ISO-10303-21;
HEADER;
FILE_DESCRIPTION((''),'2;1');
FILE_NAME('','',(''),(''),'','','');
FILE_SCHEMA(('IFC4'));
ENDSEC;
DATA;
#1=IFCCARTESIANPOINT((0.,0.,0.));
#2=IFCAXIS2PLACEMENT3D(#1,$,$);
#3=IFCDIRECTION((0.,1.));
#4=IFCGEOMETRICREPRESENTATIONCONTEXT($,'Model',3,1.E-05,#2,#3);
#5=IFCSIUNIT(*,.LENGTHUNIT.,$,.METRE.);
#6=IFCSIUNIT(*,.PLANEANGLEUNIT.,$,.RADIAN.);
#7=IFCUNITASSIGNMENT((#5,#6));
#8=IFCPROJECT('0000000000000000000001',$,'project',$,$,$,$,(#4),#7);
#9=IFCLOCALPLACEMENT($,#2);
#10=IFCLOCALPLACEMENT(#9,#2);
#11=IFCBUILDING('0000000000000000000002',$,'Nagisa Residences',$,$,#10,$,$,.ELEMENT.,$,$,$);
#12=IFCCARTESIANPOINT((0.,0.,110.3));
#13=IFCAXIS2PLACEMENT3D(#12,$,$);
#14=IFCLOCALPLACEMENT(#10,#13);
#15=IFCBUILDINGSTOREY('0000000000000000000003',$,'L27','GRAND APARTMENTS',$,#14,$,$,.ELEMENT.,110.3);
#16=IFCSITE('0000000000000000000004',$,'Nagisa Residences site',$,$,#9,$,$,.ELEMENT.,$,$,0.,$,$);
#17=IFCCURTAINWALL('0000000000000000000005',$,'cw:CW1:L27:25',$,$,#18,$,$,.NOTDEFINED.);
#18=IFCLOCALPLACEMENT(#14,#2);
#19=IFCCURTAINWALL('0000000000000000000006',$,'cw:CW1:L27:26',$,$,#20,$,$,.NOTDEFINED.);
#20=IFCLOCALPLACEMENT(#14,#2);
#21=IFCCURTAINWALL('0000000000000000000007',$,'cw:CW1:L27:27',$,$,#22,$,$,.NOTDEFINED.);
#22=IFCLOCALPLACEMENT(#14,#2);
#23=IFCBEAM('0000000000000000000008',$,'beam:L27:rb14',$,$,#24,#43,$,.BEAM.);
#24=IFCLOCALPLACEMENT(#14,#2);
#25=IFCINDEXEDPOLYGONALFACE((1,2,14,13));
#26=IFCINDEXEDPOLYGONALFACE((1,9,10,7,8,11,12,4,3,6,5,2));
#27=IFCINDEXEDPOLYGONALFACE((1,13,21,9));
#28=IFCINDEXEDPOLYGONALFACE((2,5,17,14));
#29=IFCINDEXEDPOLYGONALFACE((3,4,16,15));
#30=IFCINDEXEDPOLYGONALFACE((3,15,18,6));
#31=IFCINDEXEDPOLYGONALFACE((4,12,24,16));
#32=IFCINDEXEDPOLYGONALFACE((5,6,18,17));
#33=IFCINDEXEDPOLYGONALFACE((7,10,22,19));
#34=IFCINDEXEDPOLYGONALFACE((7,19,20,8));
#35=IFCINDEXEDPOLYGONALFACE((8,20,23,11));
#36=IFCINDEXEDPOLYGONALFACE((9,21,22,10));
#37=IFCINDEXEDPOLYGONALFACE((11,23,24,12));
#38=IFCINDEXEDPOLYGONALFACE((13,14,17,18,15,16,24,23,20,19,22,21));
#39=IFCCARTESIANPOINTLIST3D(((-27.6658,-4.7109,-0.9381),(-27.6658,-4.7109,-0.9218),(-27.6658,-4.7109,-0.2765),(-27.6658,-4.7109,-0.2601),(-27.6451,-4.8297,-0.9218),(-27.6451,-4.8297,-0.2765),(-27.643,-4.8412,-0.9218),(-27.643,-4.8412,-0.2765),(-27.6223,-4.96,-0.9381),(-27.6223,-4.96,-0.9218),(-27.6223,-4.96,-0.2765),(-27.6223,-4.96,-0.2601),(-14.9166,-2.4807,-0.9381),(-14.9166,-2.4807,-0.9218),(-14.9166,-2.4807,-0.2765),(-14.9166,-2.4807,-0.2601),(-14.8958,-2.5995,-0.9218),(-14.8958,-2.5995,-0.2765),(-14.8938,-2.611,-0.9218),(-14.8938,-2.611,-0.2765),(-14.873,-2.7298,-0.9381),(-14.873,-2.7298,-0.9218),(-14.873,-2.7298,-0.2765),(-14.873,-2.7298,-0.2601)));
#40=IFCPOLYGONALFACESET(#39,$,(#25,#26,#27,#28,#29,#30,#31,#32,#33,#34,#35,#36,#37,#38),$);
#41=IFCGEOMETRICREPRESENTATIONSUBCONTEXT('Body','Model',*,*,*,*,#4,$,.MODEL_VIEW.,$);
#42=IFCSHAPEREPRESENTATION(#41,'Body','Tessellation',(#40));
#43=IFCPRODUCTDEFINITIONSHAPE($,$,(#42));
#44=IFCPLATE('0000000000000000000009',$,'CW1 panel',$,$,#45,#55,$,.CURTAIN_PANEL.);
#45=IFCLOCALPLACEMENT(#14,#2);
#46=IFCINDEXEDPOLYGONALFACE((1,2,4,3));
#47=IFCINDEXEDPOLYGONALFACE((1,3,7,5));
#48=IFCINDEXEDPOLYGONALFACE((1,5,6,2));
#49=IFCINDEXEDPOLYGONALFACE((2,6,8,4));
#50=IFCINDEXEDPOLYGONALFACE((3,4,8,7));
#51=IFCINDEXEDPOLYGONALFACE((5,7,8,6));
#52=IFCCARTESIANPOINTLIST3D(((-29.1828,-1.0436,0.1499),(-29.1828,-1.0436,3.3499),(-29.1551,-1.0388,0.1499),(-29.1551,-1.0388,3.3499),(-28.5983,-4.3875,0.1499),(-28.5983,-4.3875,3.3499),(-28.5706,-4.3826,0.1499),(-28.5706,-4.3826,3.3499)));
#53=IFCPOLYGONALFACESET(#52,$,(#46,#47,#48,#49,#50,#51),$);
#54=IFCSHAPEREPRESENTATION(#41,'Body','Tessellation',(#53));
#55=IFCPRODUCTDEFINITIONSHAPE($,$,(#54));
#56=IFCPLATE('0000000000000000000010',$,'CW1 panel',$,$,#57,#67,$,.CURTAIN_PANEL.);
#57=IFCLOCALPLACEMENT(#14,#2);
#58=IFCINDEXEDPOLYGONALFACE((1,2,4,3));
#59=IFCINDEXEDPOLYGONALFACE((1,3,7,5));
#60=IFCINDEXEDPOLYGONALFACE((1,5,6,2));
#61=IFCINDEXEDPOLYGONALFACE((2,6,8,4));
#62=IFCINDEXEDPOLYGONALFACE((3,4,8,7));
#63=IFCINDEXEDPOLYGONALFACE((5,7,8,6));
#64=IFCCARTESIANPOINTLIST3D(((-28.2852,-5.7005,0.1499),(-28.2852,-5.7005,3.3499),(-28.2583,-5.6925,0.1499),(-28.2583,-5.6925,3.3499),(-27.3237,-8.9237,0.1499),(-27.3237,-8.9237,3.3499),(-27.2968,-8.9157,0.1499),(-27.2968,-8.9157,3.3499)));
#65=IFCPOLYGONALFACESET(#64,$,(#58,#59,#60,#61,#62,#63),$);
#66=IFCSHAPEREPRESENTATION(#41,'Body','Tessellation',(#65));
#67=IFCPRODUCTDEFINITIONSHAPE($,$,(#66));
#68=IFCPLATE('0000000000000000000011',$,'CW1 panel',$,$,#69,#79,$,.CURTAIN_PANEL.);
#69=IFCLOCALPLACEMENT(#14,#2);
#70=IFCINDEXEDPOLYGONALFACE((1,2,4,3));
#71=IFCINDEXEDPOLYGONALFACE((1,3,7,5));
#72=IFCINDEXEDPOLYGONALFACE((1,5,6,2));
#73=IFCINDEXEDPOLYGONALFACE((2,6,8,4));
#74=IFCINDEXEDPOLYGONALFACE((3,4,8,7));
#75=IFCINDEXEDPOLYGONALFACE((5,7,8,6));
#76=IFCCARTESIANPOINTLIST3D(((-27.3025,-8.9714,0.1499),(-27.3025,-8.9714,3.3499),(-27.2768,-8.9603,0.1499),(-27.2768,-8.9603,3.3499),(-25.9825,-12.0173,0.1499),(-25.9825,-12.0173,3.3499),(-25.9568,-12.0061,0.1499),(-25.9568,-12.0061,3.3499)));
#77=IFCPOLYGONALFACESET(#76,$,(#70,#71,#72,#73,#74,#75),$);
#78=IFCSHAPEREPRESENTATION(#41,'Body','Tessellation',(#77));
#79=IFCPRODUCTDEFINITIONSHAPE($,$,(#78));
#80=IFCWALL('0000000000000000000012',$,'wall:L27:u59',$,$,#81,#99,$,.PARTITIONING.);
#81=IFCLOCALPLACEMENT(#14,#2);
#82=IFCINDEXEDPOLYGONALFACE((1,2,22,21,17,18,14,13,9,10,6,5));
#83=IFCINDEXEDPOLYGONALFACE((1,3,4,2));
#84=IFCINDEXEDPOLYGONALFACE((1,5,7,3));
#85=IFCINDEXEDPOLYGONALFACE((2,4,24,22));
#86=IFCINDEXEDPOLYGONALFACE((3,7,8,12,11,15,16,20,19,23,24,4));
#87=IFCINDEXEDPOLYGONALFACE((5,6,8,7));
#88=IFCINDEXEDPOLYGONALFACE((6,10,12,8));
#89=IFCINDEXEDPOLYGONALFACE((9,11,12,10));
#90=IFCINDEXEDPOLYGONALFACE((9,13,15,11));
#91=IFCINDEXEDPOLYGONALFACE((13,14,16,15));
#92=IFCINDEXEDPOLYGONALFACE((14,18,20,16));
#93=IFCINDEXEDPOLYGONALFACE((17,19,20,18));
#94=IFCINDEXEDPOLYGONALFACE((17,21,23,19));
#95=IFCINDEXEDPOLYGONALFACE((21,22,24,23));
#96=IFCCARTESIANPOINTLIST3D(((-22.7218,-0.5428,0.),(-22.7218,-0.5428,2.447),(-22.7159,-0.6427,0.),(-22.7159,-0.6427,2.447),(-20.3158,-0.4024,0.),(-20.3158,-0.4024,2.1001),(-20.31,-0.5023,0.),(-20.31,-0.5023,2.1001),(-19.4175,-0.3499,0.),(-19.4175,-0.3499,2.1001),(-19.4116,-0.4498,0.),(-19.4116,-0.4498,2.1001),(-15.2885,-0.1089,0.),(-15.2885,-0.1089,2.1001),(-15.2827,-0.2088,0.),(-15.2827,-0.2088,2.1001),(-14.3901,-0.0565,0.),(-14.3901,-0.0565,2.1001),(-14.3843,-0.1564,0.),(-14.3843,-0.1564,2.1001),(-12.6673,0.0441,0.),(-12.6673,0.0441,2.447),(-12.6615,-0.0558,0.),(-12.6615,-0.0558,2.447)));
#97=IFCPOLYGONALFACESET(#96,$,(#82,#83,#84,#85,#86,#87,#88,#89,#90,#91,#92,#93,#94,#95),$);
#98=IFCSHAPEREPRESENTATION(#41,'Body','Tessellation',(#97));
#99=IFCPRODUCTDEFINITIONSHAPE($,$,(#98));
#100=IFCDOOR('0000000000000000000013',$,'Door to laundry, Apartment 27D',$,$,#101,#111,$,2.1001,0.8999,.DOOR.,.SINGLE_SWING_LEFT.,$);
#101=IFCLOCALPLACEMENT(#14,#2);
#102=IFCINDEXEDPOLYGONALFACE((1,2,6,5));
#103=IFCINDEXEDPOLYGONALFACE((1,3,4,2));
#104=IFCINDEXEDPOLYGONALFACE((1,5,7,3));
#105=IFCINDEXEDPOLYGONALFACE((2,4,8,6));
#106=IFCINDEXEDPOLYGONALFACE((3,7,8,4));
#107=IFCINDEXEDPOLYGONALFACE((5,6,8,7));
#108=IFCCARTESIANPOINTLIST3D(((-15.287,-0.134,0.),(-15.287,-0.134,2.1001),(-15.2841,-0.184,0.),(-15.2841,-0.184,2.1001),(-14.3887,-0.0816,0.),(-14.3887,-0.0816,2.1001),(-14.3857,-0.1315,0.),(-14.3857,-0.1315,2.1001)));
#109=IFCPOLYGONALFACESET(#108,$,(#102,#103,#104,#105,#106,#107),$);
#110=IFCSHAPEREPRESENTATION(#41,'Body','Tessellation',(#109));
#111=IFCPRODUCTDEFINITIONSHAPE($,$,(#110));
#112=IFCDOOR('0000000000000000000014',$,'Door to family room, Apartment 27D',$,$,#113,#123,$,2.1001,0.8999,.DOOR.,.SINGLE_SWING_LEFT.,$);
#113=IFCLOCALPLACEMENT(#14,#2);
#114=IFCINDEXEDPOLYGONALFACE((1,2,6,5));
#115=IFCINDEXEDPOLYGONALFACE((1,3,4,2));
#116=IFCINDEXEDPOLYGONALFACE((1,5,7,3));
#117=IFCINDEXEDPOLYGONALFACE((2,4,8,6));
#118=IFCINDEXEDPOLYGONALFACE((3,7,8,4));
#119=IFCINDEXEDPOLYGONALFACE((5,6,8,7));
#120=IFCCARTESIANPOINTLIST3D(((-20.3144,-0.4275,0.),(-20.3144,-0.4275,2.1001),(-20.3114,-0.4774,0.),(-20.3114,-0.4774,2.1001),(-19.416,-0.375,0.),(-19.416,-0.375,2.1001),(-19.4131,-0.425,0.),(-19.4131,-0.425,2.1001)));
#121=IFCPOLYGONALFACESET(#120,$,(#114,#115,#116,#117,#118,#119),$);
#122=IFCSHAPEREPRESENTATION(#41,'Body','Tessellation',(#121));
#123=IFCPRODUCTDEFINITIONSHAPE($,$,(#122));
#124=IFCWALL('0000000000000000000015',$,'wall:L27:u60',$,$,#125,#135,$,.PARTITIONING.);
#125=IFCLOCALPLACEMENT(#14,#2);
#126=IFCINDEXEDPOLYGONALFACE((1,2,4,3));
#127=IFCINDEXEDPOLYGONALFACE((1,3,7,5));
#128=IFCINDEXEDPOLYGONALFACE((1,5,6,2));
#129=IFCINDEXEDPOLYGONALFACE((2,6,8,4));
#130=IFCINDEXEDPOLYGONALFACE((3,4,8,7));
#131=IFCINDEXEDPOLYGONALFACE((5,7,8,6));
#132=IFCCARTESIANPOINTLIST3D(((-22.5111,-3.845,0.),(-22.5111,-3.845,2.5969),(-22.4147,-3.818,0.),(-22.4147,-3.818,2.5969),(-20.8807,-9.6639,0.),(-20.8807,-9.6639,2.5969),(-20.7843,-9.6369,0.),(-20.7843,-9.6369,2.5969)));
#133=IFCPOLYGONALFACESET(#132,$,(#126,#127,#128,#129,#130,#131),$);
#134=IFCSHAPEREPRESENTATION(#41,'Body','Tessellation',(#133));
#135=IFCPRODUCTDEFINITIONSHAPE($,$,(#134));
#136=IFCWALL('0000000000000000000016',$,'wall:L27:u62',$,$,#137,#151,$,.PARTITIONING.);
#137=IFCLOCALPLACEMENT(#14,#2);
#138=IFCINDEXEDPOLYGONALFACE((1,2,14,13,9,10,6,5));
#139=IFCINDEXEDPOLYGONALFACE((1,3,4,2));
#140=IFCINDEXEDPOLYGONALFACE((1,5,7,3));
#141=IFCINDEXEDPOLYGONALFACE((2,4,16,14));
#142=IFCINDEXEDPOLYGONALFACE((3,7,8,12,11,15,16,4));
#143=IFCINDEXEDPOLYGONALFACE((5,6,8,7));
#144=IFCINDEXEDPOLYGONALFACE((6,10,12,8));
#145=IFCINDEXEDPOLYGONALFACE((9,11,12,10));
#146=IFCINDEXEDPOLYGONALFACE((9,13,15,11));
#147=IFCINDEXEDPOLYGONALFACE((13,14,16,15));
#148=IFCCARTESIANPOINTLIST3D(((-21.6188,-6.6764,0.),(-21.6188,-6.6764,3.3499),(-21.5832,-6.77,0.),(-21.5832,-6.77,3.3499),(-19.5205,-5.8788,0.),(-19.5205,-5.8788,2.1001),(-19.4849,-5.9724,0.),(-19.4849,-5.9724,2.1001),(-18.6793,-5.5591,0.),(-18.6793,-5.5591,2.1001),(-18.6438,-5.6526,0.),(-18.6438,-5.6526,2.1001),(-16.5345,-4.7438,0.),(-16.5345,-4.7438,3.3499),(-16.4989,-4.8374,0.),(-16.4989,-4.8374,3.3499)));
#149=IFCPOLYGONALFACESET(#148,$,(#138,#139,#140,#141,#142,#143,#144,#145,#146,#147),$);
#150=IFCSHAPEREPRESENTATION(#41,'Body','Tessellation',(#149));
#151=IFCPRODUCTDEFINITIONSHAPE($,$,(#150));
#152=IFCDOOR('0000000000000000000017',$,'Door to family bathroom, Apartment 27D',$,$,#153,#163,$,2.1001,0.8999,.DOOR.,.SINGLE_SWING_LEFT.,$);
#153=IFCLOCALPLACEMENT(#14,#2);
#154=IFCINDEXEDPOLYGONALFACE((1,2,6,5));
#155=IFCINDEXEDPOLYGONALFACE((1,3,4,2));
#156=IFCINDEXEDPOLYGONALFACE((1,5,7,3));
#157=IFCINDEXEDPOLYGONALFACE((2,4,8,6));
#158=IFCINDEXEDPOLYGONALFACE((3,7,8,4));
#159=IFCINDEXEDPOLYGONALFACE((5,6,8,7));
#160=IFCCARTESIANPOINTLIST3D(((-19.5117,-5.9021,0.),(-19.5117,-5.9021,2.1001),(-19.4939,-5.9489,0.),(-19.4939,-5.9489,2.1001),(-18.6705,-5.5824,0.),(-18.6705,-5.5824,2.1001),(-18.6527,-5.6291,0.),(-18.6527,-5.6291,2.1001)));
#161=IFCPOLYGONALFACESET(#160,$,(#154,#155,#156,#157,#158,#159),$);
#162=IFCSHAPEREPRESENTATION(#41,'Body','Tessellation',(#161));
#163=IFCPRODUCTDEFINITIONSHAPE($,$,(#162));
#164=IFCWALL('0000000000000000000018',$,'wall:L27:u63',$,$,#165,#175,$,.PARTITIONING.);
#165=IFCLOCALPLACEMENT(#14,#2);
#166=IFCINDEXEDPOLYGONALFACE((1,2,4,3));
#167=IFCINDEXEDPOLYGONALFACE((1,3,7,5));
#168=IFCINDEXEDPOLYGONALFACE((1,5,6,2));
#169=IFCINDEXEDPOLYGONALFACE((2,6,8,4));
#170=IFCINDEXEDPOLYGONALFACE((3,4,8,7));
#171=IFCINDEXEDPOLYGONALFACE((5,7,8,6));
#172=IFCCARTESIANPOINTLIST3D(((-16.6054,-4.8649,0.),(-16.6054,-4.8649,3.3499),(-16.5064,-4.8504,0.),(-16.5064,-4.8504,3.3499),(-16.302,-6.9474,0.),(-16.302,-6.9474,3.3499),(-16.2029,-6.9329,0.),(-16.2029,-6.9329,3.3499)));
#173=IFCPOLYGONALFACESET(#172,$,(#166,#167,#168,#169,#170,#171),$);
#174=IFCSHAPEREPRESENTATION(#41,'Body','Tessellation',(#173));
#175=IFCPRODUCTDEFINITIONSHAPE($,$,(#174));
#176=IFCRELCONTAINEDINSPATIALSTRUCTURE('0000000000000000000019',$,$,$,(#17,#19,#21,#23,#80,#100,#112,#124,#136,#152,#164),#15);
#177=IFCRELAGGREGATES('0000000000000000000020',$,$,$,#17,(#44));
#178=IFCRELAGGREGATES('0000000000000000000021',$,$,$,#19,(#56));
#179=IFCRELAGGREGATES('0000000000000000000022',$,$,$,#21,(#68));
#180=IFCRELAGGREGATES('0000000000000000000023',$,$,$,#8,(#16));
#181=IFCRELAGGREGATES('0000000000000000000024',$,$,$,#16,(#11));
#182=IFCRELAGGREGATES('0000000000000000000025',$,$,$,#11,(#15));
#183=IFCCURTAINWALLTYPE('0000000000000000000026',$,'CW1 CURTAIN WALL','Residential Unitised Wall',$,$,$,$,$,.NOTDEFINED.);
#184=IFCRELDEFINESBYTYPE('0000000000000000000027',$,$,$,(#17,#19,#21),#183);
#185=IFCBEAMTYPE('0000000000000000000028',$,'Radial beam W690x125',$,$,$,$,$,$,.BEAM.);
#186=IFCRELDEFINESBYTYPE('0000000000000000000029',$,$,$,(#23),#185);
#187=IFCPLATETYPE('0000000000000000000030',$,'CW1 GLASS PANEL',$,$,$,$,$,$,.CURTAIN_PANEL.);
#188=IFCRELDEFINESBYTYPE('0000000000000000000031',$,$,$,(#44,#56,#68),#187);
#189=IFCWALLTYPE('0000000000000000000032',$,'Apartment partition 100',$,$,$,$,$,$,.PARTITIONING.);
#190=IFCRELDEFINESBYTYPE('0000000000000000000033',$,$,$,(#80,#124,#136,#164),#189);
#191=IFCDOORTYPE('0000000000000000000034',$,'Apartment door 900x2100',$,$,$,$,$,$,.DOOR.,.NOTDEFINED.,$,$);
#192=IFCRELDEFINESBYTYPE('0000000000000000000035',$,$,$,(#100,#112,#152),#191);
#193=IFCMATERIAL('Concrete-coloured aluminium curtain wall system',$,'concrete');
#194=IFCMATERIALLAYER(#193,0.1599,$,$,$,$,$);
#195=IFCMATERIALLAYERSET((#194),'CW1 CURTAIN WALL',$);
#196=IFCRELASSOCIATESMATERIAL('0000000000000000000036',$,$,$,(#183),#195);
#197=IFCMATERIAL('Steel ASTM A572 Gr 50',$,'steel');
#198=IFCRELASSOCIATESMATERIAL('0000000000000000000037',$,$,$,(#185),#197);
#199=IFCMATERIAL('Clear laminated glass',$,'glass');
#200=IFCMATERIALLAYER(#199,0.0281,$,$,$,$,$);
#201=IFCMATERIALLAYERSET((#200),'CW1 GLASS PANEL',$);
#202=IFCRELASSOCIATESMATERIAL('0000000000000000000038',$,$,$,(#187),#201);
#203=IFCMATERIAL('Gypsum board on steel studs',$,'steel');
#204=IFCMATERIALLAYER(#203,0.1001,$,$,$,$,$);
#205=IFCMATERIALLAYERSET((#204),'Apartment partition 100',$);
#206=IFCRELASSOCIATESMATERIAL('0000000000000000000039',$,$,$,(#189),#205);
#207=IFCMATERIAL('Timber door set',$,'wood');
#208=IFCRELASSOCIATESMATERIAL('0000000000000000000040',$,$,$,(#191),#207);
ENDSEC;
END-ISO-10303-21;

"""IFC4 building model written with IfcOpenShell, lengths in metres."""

from ifc_helpers import new_model, si_unit, direction, frame, frame_2d, origin, origin_2d, place, context, subcontext, project, spatial, rectangle, i_section, extrude, material, layer, layer_set, material_profile, profile_set, type_object, element, fill, aggregate, save


model = new_model("IFC4")

# Units and contexts
model_context = context("Model", 3, precision=1e-05, world=origin(), true_north=direction((0.0, 1.0)))
body_context = subcontext(model_context, "Body", "Model", "MODEL_VIEW")
ifc_project = project(units=[si_unit("LENGTHUNIT", "METRE"), si_unit("PLANEANGLEUNIT", "RADIAN")], contexts=[model_context])

# Site, building, storey
site_placement = place(None, origin())
site = spatial("IfcSite", under=ifc_project, at=site_placement, Name="Nagisa Residences site", CompositionType="ELEMENT", RefElevation=0.0)
building_placement = place(site_placement, origin())
building = spatial("IfcBuilding", under=site, at=building_placement, Name="Nagisa Residences", CompositionType="ELEMENT")
storey_placement = place(building_placement, frame((0.0, 0.0, 110.3)))
storey = spatial("IfcBuildingStorey", under=building, at=storey_placement, Name="L27", Description="GRAND APARTMENTS", CompositionType="ELEMENT", Elevation=110.3)

# Curtain walls
ifc_material_1 = material(Name="Concrete-coloured aluminium curtain wall system", Category="concrete")
ifc_layer_1 = layer(ifc_material_1, 0.1599)
ifc_layer_set_1 = layer_set([ifc_layer_1], Name="CW1 CURTAIN WALL")
curtain_wall_type = type_object("IfcCurtainWallType", Name="CW1 CURTAIN WALL", Description="Residential Unitised Wall", PredefinedType="NOTDEFINED", material=ifc_layer_set_1)
curtain_wall_1_placement = place(storey_placement, origin())
curtain_wall_1 = element("IfcCurtainWall", 1, at=curtain_wall_1_placement, inside=storey, type_object=curtain_wall_type, Name="cw:CW1:L27:25", PredefinedType="NOTDEFINED")
curtain_wall_2_placement = place(storey_placement, origin())
curtain_wall_2 = element("IfcCurtainWall", 2, at=curtain_wall_2_placement, inside=storey, type_object=curtain_wall_type, Name="cw:CW1:L27:26", PredefinedType="NOTDEFINED")
curtain_wall_3_placement = place(storey_placement, origin())
curtain_wall_3 = element("IfcCurtainWall", 3, at=curtain_wall_3_placement, inside=storey, type_object=curtain_wall_type, Name="cw:CW1:L27:27", PredefinedType="NOTDEFINED")

# Beam
ifc_material_2 = material(Name="Steel ASTM A572 Gr 50", Category="steel")
ifc_material_profile_1 = material_profile(ifc_material_2, i_section(OverallWidth=0.2529, OverallDepth=0.678, WebThickness=0.0117, FlangeThickness=0.0164, at=origin_2d()), Name="W690x125")
ifc_profile_set_1 = profile_set([ifc_material_profile_1], Name="Steel ASTM A572 Gr 50")
beam_type_1 = type_object("IfcBeamType", Name="Radial beam W690x125", PredefinedType="BEAM", material=ifc_profile_set_1)
beam_1_placement = place(storey_placement, frame((-27.644, -4.8354, -0.5991), z_axis=(0.985042, 0.172313, 0.0), x_axis=(-0.172313, 0.985042, 0.0)))
element("IfcBeam", 4, at=beam_1_placement, inside=storey, type_object=beam_type_1, Name="beam:L27:rb14", PredefinedType="BEAM", context=body_context, shape_type="SweptSolid", body=[
    extrude(i_section(OverallWidth=0.2529, OverallDepth=0.678, WebThickness=0.0117, FlangeThickness=0.0164, at=origin_2d()), origin(), (0.0, 0.0, 1.0), 12.9429),
])

# Plates
ifc_material_3 = material(Name="Clear laminated glass", Category="glass")
ifc_layer_2 = layer(ifc_material_3, 0.0281)
ifc_layer_set_2 = layer_set([ifc_layer_2], Name="CW1 GLASS PANEL")
plate_type = type_object("IfcPlateType", Name="CW1 GLASS PANEL", PredefinedType="CURTAIN_PANEL", material=ifc_layer_set_2)
plate_1_placement = place(storey_placement, frame((-28.8767, -2.7131, 0.1499), z_axis=(0.0, 0.0, 1.0), x_axis=(0.172191, -0.985064, 0.0)))
plate_1 = element("IfcPlate", 5, at=plate_1_placement, type_object=plate_type, Name="CW1 panel", PredefinedType="CURTAIN_PANEL", context=body_context, shape_type="SweptSolid", body=[
    extrude(rectangle(XDim=3.3945, YDim=0.0281, at=origin_2d()), origin(), (0.0, 0.0, 1.0), 3.2),
])
aggregate(curtain_wall_1, [plate_1])
plate_2_placement = place(storey_placement, frame((-27.791, -7.3081, 0.1499), z_axis=(0.0, 0.0, 1.0), x_axis=(0.28586, -0.958271, 0.0)))
plate_2 = element("IfcPlate", 6, at=plate_2_placement, type_object=plate_type, Name="CW1 panel", PredefinedType="CURTAIN_PANEL", context=body_context, shape_type="SweptSolid", body=[
    extrude(rectangle(XDim=3.3635, YDim=0.0281, at=origin_2d()), origin(), (0.0, 0.0, 1.0), 3.2),
])
aggregate(curtain_wall_2, [plate_2])
plate_3_placement = place(storey_placement, frame((-26.6296, -10.4888, 0.1499), z_axis=(0.0, 0.0, 1.0), x_axis=(0.397636, -0.917543, 0.0)))
plate_3 = element("IfcPlate", 7, at=plate_3_placement, type_object=plate_type, Name="CW1 panel", PredefinedType="CURTAIN_PANEL", context=body_context, shape_type="SweptSolid", body=[
    extrude(rectangle(XDim=3.3196, YDim=0.0281, at=origin_2d()), origin(), (0.0, 0.0, 1.0), 3.2),
])
aggregate(curtain_wall_3, [plate_3])

# Wall, openings, doors
ifc_material_4 = material(Name="Gypsum board on steel studs", Category="steel")
ifc_layer_3 = layer(ifc_material_4, 0.1001)
ifc_layer_set_3 = layer_set([ifc_layer_3], Name="Apartment partition 100")
wall_type_1 = type_object("IfcWallType", Name="Apartment partition 100", PredefinedType="PARTITIONING", material=ifc_layer_set_3)
wall_1_placement = place(storey_placement, frame((-12.6646, -0.0059, 0.0), z_axis=(0.0, 0.0, 1.0), x_axis=(-0.998301, -0.058274, 0.0)))
wall_1 = element("IfcWall", 8, at=wall_1_placement, inside=storey, type_object=wall_type_1, Name="wall:L27:u59", PredefinedType="PARTITIONING", context=body_context, shape_type="SweptSolid", body=[
    extrude(rectangle(XDim=10.0715, YDim=0.1001, at=frame_2d((5.0356, 0.0))), origin(), (0.0, 0.0, 1.0), 2.447),
])
opening_1_placement = place(wall_1_placement, frame((1.7256, 0.0, 0.0)))
opening_1 = element("IfcOpeningElement", 9, at=opening_1_placement, cuts=wall_1, PredefinedType="OPENING", context=body_context, shape_type="SweptSolid", body=[
    extrude(rectangle(XDim=0.8999, YDim=2.1001, at=frame_2d((0.45, 1.05))), frame((0.0, 0.0601, 0.0), z_axis=(0.0, -1.0, 0.0), x_axis=(1.0, 0.0, 0.0)), (0.0, 0.0, 1.0), 0.1201),
])
opening_2_placement = place(wall_1_placement, frame((6.7615, 0.0, 0.0)))
opening_2 = element("IfcOpeningElement", 10, at=opening_2_placement, cuts=wall_1, PredefinedType="OPENING", context=body_context, shape_type="SweptSolid", body=[
    extrude(rectangle(XDim=0.8999, YDim=2.1001, at=frame_2d((0.45, 1.05))), frame((0.0, 0.0601, 0.0), z_axis=(0.0, -1.0, 0.0), x_axis=(1.0, 0.0, 0.0)), (0.0, 0.0, 1.0), 0.1201),
])
ifc_material_5 = material(Name="Timber door set", Category="wood")
door_type_1 = type_object("IfcDoorType", Name="Apartment door 900x2100", OperationType="NOTDEFINED", PredefinedType="DOOR", material=ifc_material_5)
door_1_placement = place(opening_1_placement, frame((0.8999, 0.0, 0.0), x_axis=(-1.0, 0.0, 0.0)))
door_1 = element("IfcDoor", 11, at=door_1_placement, inside=storey, type_object=door_type_1, Name="Door to laundry, Apartment 27D", OperationType="SINGLE_SWING_LEFT", OverallHeight=2.1001, OverallWidth=0.8999, PredefinedType="DOOR", context=body_context, shape_type="SweptSolid", body=[
    extrude(rectangle(XDim=0.8999, YDim=2.1001, at=frame_2d((0.45, 1.05))), frame((0.0, 0.0249, 0.0), z_axis=(0.0, -1.0, 0.0), x_axis=(1.0, 0.0, 0.0)), (0.0, 0.0, 1.0), 0.05),
])
fill(opening_1, door_1)
door_2_placement = place(opening_2_placement, frame((0.8999, 0.0, 0.0), x_axis=(-1.0, 0.0, 0.0)))
door_2 = element("IfcDoor", 12, at=door_2_placement, inside=storey, type_object=door_type_1, Name="Door to family room, Apartment 27D", OperationType="SINGLE_SWING_LEFT", OverallHeight=2.1001, OverallWidth=0.8999, PredefinedType="DOOR", context=body_context, shape_type="SweptSolid", body=[
    extrude(rectangle(XDim=0.8999, YDim=2.1001, at=frame_2d((0.45, 1.05))), frame((0.0, 0.0249, 0.0), z_axis=(0.0, -1.0, 0.0), x_axis=(1.0, 0.0, 0.0)), (0.0, 0.0, 1.0), 0.05),
])
fill(opening_2, door_2)

# Wall
wall_2_placement = place(storey_placement, frame((-22.4629, -3.8315, 0.0), z_axis=(0.0, 0.0, 1.0), x_axis=(0.269798, -0.962917, 0.0)))
element("IfcWall", 13, at=wall_2_placement, inside=storey, type_object=wall_type_1, Name="wall:L27:u60", PredefinedType="PARTITIONING", context=body_context, shape_type="SweptSolid", body=[
    extrude(rectangle(XDim=6.043, YDim=0.1001, at=frame_2d((3.0215, 0.0))), origin(), (0.0, 0.0, 1.0), 2.5969),
])

# Wall, opening, door
wall_3_placement = place(storey_placement, frame((-16.5166, -4.7905, 0.0), z_axis=(0.0, 0.0, 1.0), x_axis=(-0.934746, -0.355316, 0.0)))
wall_3 = element("IfcWall", 14, at=wall_3_placement, inside=storey, type_object=wall_type_1, Name="wall:L27:u62", PredefinedType="PARTITIONING", context=body_context, shape_type="SweptSolid", body=[
    extrude(rectangle(XDim=5.4392, YDim=0.1001, at=frame_2d((2.7197, 0.0))), origin(), (0.0, 0.0, 1.0), 3.3499),
])
opening_3_placement = place(wall_3_placement, frame((2.2947, 0.0, 0.0)))
opening_3 = element("IfcOpeningElement", 15, at=opening_3_placement, cuts=wall_3, PredefinedType="OPENING", context=body_context, shape_type="SweptSolid", body=[
    extrude(rectangle(XDim=0.8999, YDim=2.1001, at=frame_2d((0.45, 1.05))), frame((0.0, 0.0601, 0.0), z_axis=(0.0, -1.0, 0.0), x_axis=(1.0, 0.0, 0.0)), (0.0, 0.0, 1.0), 0.1201),
])
door_3_placement = place(opening_3_placement, origin())
door_3 = element("IfcDoor", 16, at=door_3_placement, inside=storey, type_object=door_type_1, Name="Door to family bathroom, Apartment 27D", OperationType="SINGLE_SWING_LEFT", OverallHeight=2.1001, OverallWidth=0.8999, PredefinedType="DOOR", context=body_context, shape_type="SweptSolid", body=[
    extrude(rectangle(XDim=0.8999, YDim=2.1001, at=frame_2d((0.45, 1.05))), frame((0.0, 0.0249, 0.0), z_axis=(0.0, -1.0, 0.0), x_axis=(1.0, 0.0, 0.0)), (0.0, 0.0, 1.0), 0.05),
])
fill(opening_3, door_3)

# Wall
wall_4_placement = place(storey_placement, frame((-16.5559, -4.8577, 0.0), z_axis=(0.0, 0.0, 1.0), x_axis=(0.144198, -0.989549, 0.0)))
element("IfcWall", 17, at=wall_4_placement, inside=storey, type_object=wall_type_1, Name="wall:L27:u63", PredefinedType="PARTITIONING", context=body_context, shape_type="SweptSolid", body=[
    extrude(rectangle(XDim=2.1045, YDim=0.1001, at=frame_2d((1.0522, 0.0))), origin(), (0.0, 0.0, 1.0), 3.3499),
])

save(model, "model.ifc")
